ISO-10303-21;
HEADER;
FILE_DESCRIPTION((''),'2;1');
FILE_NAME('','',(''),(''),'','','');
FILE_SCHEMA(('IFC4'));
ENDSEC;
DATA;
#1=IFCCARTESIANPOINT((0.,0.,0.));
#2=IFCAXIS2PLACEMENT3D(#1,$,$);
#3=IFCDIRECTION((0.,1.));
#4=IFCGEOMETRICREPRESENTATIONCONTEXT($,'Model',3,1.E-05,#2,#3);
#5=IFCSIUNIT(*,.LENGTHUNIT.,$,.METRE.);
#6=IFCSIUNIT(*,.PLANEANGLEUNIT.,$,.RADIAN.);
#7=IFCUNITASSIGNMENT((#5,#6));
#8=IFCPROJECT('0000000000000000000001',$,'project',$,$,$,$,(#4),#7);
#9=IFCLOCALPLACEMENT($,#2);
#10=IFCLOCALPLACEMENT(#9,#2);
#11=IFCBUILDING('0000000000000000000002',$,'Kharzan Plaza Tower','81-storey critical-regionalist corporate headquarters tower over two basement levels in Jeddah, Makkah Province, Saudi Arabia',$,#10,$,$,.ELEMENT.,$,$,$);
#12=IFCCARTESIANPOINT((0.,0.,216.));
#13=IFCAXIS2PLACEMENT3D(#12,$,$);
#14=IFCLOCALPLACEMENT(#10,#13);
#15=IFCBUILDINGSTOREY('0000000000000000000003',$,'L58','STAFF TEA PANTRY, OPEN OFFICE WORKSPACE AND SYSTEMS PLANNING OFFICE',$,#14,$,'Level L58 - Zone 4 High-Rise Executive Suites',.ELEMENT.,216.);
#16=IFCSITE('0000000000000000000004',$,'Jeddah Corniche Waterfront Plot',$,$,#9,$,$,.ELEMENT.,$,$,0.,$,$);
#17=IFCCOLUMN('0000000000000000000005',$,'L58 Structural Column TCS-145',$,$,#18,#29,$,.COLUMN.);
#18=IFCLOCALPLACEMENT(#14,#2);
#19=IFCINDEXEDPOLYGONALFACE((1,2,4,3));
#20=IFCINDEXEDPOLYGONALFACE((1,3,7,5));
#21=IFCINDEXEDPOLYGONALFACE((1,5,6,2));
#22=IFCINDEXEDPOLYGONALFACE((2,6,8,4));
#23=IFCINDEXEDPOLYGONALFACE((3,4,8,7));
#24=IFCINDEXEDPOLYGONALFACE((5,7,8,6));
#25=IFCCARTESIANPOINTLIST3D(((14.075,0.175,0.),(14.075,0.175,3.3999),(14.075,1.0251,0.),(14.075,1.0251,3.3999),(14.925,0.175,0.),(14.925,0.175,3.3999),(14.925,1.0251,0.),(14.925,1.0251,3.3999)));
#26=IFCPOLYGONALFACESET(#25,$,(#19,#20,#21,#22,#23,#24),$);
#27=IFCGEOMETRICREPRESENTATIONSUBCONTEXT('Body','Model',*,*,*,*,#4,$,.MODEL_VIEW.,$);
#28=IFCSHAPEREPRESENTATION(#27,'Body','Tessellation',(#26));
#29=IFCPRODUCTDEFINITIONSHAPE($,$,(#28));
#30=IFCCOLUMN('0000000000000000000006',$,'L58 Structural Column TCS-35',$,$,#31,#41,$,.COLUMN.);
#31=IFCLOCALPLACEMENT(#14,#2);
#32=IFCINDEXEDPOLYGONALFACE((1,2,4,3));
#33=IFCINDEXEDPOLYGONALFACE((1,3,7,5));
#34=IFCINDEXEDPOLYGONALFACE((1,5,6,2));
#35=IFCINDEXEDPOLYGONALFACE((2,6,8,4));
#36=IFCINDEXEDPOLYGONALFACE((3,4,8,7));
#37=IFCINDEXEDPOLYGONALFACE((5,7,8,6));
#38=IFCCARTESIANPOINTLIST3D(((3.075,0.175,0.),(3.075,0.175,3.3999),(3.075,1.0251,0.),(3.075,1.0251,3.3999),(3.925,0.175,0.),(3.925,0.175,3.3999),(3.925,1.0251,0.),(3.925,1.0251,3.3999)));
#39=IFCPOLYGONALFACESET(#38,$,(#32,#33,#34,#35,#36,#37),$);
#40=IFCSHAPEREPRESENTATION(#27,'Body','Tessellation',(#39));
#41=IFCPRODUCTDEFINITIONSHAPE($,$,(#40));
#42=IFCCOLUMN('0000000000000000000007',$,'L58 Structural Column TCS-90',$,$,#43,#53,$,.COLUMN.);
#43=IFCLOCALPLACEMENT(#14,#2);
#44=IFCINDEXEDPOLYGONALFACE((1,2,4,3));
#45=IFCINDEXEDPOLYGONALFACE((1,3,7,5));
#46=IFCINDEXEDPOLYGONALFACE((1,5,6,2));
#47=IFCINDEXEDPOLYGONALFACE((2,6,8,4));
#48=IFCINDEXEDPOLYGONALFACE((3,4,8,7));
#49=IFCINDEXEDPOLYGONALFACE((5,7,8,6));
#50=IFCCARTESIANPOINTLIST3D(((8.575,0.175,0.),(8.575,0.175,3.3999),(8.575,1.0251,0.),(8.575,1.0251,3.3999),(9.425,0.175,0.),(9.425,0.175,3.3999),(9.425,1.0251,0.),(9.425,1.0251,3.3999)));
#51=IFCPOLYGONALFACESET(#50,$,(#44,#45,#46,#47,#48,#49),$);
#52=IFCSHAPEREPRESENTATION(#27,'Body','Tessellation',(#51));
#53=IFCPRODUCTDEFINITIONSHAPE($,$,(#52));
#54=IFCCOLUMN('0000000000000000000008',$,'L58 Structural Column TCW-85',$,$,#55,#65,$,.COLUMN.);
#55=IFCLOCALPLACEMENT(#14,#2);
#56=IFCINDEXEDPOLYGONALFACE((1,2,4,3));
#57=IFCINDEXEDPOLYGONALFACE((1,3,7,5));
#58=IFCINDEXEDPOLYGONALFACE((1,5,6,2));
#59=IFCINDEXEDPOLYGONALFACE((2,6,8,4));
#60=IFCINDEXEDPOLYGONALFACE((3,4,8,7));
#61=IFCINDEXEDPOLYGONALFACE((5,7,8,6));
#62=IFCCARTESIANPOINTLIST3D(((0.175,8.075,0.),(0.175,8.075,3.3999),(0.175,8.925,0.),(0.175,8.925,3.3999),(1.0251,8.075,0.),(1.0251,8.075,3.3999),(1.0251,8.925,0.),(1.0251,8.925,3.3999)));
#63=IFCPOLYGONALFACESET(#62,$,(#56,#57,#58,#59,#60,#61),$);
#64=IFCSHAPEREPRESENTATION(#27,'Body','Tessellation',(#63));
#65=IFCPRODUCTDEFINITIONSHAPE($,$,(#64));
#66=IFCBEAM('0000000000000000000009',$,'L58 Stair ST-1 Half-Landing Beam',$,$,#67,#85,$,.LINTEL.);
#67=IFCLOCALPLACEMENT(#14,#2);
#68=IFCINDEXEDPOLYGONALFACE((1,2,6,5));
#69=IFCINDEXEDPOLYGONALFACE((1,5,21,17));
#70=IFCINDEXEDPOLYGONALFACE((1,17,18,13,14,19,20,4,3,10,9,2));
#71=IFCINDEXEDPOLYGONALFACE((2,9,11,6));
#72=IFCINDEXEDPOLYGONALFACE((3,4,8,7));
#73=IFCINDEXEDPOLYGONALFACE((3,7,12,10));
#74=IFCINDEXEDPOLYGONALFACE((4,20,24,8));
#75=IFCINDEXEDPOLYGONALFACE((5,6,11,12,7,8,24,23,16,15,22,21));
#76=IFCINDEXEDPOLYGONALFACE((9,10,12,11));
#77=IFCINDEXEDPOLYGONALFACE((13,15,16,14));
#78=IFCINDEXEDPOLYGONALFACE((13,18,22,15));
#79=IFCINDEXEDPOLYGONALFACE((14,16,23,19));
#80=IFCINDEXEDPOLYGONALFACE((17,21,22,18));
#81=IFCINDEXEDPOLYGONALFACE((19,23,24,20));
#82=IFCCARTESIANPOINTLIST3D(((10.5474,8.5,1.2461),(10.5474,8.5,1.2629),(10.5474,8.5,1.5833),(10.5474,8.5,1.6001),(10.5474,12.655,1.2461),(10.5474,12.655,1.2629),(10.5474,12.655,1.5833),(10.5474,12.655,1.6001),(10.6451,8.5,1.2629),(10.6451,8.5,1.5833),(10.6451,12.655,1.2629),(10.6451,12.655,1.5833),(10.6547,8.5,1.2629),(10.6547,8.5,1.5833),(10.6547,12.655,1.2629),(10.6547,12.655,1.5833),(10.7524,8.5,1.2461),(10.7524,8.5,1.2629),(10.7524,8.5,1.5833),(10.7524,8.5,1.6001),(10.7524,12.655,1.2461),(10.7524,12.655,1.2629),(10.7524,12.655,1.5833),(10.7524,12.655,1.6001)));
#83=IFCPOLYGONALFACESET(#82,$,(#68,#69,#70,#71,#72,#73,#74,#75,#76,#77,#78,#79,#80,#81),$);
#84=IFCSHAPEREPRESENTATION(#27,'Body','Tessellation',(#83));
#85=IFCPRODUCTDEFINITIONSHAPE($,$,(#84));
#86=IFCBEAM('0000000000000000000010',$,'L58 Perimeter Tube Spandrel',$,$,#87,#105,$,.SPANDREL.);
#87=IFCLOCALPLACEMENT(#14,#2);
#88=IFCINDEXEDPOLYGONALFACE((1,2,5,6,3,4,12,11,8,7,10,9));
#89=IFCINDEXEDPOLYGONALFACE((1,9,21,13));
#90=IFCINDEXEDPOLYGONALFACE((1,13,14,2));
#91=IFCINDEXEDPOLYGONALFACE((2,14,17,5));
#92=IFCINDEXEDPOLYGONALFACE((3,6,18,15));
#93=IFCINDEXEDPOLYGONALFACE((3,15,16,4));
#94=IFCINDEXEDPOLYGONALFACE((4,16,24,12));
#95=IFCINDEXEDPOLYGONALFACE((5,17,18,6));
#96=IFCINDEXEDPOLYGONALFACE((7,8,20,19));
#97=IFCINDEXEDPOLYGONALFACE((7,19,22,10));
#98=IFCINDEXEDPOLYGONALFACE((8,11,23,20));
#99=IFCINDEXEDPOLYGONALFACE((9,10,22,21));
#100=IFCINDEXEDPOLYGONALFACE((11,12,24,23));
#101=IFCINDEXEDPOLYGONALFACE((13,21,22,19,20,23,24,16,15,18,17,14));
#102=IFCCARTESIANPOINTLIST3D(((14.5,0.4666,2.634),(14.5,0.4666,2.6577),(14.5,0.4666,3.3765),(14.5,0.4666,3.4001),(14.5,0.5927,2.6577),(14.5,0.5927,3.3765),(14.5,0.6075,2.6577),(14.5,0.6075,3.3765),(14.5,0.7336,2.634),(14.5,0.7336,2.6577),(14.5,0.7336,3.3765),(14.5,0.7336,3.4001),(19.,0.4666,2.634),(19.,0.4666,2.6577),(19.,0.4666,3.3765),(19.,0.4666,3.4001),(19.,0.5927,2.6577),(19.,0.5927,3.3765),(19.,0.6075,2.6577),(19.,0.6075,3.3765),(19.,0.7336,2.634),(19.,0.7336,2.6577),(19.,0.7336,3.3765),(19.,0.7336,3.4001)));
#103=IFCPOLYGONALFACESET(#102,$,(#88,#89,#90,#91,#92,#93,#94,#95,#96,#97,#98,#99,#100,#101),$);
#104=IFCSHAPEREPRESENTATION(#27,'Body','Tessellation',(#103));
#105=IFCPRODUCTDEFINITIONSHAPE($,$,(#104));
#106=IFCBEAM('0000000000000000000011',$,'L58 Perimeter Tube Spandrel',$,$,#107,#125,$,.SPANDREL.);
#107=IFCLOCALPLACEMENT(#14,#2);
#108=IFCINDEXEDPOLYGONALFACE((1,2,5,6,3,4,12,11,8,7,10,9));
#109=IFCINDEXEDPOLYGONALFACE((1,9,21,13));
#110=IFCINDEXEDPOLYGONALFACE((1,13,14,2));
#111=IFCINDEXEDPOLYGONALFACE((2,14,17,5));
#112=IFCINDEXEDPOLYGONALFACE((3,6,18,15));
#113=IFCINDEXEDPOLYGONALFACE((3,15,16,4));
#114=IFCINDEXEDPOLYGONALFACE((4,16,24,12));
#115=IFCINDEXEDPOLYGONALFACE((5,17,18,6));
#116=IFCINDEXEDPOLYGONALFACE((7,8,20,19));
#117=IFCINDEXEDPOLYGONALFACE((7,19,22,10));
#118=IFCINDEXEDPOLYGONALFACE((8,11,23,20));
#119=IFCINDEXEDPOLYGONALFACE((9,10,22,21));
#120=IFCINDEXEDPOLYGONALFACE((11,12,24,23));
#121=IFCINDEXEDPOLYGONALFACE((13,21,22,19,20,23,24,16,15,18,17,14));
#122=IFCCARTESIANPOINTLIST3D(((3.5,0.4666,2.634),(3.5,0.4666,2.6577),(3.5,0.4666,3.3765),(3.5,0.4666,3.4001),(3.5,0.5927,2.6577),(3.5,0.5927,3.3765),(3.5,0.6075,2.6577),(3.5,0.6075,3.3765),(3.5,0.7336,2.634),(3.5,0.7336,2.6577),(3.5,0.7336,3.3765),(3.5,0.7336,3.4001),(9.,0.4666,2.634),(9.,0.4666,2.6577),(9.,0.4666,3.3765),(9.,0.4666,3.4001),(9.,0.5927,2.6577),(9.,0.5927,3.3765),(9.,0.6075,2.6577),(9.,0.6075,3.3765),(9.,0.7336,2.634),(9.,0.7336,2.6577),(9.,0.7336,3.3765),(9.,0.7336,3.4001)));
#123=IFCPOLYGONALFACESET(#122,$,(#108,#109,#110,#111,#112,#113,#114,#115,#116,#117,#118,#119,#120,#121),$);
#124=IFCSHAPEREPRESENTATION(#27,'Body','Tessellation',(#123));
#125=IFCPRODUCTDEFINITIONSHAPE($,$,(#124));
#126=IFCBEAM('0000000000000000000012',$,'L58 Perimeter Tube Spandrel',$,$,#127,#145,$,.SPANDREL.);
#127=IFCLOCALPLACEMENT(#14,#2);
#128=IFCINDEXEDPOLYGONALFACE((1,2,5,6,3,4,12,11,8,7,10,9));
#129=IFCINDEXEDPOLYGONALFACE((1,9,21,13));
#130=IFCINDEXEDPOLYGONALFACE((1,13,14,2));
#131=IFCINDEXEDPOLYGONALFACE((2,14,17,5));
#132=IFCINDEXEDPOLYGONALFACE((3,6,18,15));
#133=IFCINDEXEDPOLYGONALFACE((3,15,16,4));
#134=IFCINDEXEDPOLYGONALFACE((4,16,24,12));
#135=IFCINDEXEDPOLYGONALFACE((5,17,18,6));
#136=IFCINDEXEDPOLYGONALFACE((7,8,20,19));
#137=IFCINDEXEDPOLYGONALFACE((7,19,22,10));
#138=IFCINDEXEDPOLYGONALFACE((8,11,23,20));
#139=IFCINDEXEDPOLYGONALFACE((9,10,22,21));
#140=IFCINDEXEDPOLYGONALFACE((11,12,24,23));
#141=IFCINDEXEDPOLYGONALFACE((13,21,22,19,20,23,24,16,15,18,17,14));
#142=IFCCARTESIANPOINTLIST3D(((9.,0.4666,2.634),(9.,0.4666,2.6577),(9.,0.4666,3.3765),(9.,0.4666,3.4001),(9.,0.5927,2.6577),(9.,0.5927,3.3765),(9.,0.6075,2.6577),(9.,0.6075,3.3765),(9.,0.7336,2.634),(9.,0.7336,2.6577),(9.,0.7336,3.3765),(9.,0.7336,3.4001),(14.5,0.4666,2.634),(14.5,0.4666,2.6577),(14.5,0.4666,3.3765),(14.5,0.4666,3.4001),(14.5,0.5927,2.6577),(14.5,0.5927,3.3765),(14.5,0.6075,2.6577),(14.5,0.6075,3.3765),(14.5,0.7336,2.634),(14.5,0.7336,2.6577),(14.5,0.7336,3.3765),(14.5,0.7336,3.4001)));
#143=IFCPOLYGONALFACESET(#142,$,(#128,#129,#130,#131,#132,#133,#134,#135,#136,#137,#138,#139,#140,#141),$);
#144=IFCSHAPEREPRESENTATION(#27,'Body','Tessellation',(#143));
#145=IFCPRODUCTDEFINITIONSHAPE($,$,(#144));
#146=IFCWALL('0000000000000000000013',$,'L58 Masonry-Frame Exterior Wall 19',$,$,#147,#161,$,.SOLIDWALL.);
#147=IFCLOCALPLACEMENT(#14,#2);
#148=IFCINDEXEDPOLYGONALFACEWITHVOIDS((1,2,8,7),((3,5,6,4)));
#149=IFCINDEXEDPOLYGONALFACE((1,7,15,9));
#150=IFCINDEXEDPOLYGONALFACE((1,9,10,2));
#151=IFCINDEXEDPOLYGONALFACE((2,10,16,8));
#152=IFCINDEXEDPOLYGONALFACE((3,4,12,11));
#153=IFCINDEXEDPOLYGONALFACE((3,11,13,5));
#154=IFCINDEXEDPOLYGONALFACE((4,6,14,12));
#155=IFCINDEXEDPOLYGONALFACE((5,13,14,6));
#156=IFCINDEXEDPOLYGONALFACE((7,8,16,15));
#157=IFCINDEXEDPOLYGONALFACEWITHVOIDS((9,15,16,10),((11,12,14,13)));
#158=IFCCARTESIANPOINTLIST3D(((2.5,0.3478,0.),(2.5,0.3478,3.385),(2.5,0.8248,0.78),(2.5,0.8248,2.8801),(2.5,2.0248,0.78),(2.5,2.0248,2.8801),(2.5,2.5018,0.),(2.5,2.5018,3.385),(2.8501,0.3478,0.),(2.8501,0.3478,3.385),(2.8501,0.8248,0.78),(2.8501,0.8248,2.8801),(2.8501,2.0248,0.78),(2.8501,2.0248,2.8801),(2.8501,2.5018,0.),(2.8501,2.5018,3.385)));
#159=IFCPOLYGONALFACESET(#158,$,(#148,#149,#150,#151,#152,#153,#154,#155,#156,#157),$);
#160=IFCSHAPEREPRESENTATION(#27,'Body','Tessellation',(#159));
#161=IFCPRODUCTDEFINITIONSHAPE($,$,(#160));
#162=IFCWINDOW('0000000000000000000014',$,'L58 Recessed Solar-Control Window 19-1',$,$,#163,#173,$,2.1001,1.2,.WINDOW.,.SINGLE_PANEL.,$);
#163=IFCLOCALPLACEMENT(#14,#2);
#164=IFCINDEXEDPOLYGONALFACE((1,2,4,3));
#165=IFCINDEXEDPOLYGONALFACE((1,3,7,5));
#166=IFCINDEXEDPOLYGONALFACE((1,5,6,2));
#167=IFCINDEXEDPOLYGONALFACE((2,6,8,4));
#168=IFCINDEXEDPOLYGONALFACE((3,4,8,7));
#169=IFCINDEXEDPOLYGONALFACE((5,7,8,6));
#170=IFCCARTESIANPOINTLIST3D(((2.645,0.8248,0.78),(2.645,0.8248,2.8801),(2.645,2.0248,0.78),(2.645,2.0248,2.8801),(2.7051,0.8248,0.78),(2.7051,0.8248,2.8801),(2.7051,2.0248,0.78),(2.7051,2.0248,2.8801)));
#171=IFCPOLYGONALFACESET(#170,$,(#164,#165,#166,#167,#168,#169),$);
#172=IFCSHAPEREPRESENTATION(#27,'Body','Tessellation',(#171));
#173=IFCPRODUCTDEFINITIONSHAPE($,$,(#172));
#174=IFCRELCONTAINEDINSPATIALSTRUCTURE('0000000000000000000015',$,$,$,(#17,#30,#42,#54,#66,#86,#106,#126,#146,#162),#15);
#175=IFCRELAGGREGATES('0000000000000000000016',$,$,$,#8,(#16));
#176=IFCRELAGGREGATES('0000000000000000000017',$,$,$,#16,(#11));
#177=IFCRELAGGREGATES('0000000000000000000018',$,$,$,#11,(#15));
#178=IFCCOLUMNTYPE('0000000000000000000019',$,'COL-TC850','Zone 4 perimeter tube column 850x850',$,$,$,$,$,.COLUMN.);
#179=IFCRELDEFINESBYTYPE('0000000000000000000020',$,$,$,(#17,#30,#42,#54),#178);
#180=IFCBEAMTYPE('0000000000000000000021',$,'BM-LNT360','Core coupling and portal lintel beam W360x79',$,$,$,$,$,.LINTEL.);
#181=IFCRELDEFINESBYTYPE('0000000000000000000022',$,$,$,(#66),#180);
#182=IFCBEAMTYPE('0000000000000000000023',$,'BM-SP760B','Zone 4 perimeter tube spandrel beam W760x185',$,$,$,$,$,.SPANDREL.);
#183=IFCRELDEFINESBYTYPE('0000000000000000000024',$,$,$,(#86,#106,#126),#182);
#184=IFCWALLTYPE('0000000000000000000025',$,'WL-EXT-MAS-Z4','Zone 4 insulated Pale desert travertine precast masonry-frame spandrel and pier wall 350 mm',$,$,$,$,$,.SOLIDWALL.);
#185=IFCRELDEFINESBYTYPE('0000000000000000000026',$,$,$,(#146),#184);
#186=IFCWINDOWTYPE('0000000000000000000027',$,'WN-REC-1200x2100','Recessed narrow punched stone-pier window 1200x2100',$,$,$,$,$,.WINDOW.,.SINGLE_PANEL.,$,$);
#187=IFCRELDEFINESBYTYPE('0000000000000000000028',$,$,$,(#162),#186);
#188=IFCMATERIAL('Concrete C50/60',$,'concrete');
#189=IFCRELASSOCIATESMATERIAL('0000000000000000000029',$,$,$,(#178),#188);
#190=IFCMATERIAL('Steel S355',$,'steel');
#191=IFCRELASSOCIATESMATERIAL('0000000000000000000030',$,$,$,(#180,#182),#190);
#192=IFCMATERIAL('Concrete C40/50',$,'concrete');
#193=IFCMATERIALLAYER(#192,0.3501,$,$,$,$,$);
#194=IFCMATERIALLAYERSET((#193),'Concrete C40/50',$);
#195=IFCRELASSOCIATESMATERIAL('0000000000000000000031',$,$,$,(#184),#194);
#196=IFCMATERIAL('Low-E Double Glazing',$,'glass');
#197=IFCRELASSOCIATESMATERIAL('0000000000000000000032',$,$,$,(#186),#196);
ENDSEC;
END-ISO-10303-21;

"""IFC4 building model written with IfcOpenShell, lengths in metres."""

from ifc_helpers import new_model, si_unit, direction, frame, frame_2d, origin, origin_2d, place, context, subcontext, project, spatial, rectangle, i_section, extrude, source, transform, mapped, material, layer, layer_set, material_profile, profile_set, type_object, element, fill, save


model = new_model("IFC4")

# Units and contexts
model_context = context("Model", 3, precision=1e-05, world=origin(), true_north=direction((0.0, 1.0)))
body_context = subcontext(model_context, "Body", "Model", "MODEL_VIEW")
ifc_project = project(units=[si_unit("LENGTHUNIT", "METRE"), si_unit("PLANEANGLEUNIT", "RADIAN")], contexts=[model_context])

# Site, building, storey
site_placement = place(None, origin())
site = spatial("IfcSite", under=ifc_project, at=site_placement, Name="Jeddah Corniche Waterfront Plot", CompositionType="ELEMENT", RefElevation=0.0)
building_placement = place(site_placement, origin())
building = spatial("IfcBuilding", under=site, at=building_placement, Name="Kharzan Plaza Tower", Description="81-storey critical-regionalist corporate headquarters tower over two basement levels in Jeddah, Makkah Province, Saudi Arabia", CompositionType="ELEMENT")
storey_placement = place(building_placement, frame((0.0, 0.0, 216.0)))
storey = spatial("IfcBuildingStorey", under=building, at=storey_placement, Name="L58", Description="STAFF TEA PANTRY, OPEN OFFICE WORKSPACE AND SYSTEMS PLANNING OFFICE", LongName="Level L58 - Zone 4 High-Rise Executive Suites", CompositionType="ELEMENT", Elevation=216.0)

# Columns
ifc_material_1 = material(Name="Concrete C50/60", Category="concrete")
ifc_material_profile_1 = material_profile(ifc_material_1, rectangle(XDim=0.8501, YDim=0.8501, at=origin_2d()), Name="RC-TC850x850")
ifc_profile_set_1 = profile_set([ifc_material_profile_1], Name="Concrete C50/60")
column_type = type_object("IfcColumnType", Name="COL-TC850", Description="Zone 4 perimeter tube column 850x850", PredefinedType="COLUMN", material=ifc_profile_set_1)
shared_shape_1 = source(origin(), body_context, "Body", "SweptSolid", [
    extrude(rectangle(XDim=0.8501, YDim=0.8501, at=origin_2d()), origin(), (0.0, 0.0, 1.0), 3.3999),
])
for number, where, z_axis, x_axis, name in (
    (1, (14.5, 0.6001, 0.0), (0.0, 0.0, 1.0), (1.0, 0.0, 0.0), "L58 Structural Column TCS-145"),
    (2, (3.5, 0.6001, 0.0), (0.0, 0.0, 1.0), (1.0, 0.0, 0.0), "L58 Structural Column TCS-35"),
    (3, (9.0, 0.6001, 0.0), (0.0, 0.0, 1.0), (1.0, 0.0, 0.0), "L58 Structural Column TCS-90"),
    (4, (0.6001, 8.5, 0.0), (0.0, 0.0, 1.0), (1.0, 0.0, 0.0), "L58 Structural Column TCW-85"),
):
    element("IfcColumn", number, at=place(storey_placement, frame(where, z_axis=z_axis, x_axis=x_axis)), inside=storey, type_object=column_type, Name=name, PredefinedType="COLUMN", context=body_context, shape_type="MappedRepresentation", body=[
        mapped(shared_shape_1, transform((0.0, 0.0, 0.0), x_axis=(1.0, 0.0, 0.0), y_axis=(0.0, 1.0, 0.0), z_axis=(0.0, 0.0, 1.0))),
    ])

# Beams
ifc_material_2 = material(Name="Steel S355", Category="steel")
ifc_material_profile_2 = material_profile(ifc_material_2, i_section(OverallWidth=0.2051, OverallDepth=0.354, WebThickness=0.0095, FlangeThickness=0.0168, at=origin_2d()), Name="W360x79")
ifc_profile_set_2 = profile_set([ifc_material_profile_2], Name="Steel S355")
beam_type_1 = type_object("IfcBeamType", Name="BM-LNT360", Description="Core coupling and portal lintel beam W360x79", PredefinedType="LINTEL", material=ifc_profile_set_2)
shared_shape_2 = source(origin(), body_context, "Body", "SweptSolid", [
    extrude(i_section(OverallWidth=0.2051, OverallDepth=0.354, WebThickness=0.0095, FlangeThickness=0.0168, at=origin_2d()), origin(), (0.0, 0.0, 1.0), 4.155),
])
beam_1_placement = place(storey_placement, frame((10.6499, 8.5, 1.4231), z_axis=(0.0, 1.0, 0.0), x_axis=(-1.0, 0.0, 0.0)))
element("IfcBeam", 5, at=beam_1_placement, inside=storey, type_object=beam_type_1, Name="L58 Stair ST-1 Half-Landing Beam", PredefinedType="LINTEL", context=body_context, shape_type="MappedRepresentation", body=[
    mapped(shared_shape_2, transform((0.0, 0.0, 0.0), x_axis=(1.0, 0.0, 0.0), y_axis=(0.0, 1.0, 0.0), z_axis=(0.0, 0.0, 1.0))),
])
ifc_material_profile_3 = material_profile(ifc_material_2, i_section(OverallWidth=0.2671, OverallDepth=0.7661, WebThickness=0.0149, FlangeThickness=0.0237, at=origin_2d()), Name="W760x185")
ifc_profile_set_3 = profile_set([ifc_material_profile_3], Name="Steel S355")
beam_type_2 = type_object("IfcBeamType", Name="BM-SP760B", Description="Zone 4 perimeter tube spandrel beam W760x185", PredefinedType="SPANDREL", material=ifc_profile_set_3)
shared_shape_3 = source(origin(), body_context, "Body", "SweptSolid", [
    extrude(i_section(OverallWidth=0.2671, OverallDepth=0.7661, WebThickness=0.0149, FlangeThickness=0.0237, at=origin_2d()), origin(), (0.0, 0.0, 1.0), 4.5),
])
beam_2_placement = place(storey_placement, frame((14.5, 0.6001, 3.0171), z_axis=(1.0, 0.0, 0.0), x_axis=(0.0, 1.0, 0.0)))
element("IfcBeam", 6, at=beam_2_placement, inside=storey, type_object=beam_type_2, Name="L58 Perimeter Tube Spandrel", PredefinedType="SPANDREL", context=body_context, shape_type="MappedRepresentation", body=[
    mapped(shared_shape_3, transform((0.0, 0.0, 0.0), x_axis=(1.0, 0.0, 0.0), y_axis=(0.0, 1.0, 0.0), z_axis=(0.0, 0.0, 1.0))),
])
shared_shape_4 = source(origin(), body_context, "Body", "SweptSolid", [
    extrude(i_section(OverallWidth=0.2671, OverallDepth=0.7661, WebThickness=0.0149, FlangeThickness=0.0237, at=origin_2d()), origin(), (0.0, 0.0, 1.0), 5.5),
])
for number, where, z_axis, x_axis, name in (
    (7, (3.5, 0.6001, 3.0171), (1.0, 0.0, 0.0), (0.0, 1.0, 0.0), "L58 Perimeter Tube Spandrel"),
    (8, (9.0, 0.6001, 3.0171), (1.0, 0.0, 0.0), (0.0, 1.0, 0.0), "L58 Perimeter Tube Spandrel"),
):
    element("IfcBeam", number, at=place(storey_placement, frame(where, z_axis=z_axis, x_axis=x_axis)), inside=storey, type_object=beam_type_2, Name=name, PredefinedType="SPANDREL", context=body_context, shape_type="MappedRepresentation", body=[
        mapped(shared_shape_4, transform((0.0, 0.0, 0.0), x_axis=(1.0, 0.0, 0.0), y_axis=(0.0, 1.0, 0.0), z_axis=(0.0, 0.0, 1.0))),
    ])

# Wall, opening, window
ifc_material_3 = material(Name="Concrete C40/50", Category="concrete")
ifc_layer_1 = layer(ifc_material_3, 0.3501)
ifc_layer_set_1 = layer_set([ifc_layer_1], Name="Concrete C40/50")
wall_type_1 = type_object("IfcWallType", Name="WL-EXT-MAS-Z4", Description="Zone 4 insulated Pale desert travertine precast masonry-frame spandrel and pier wall 350 mm", PredefinedType="SOLIDWALL", material=ifc_layer_set_1)
wall_1_placement = place(storey_placement, frame((2.675, 2.502, 0.0), z_axis=(0.0, 0.0, 1.0), x_axis=(0.0, -1.0, 0.0)))
wall_1 = element("IfcWall", 9, at=wall_1_placement, inside=storey, type_object=wall_type_1, Name="L58 Masonry-Frame Exterior Wall 19", PredefinedType="SOLIDWALL", context=body_context, shape_type="SweptSolid", body=[
    extrude(rectangle(XDim=2.1541, YDim=0.3501, at=frame_2d((1.0771, 0.0))), origin(), (0.0, 0.0, 1.0), 3.385),
])
opening_1_placement = place(wall_1_placement, frame((0.4771, 0.0, 0.78)))
opening_1 = element("IfcOpeningElement", 10, at=opening_1_placement, cuts=wall_1, PredefinedType="OPENING", context=body_context, shape_type="SweptSolid", body=[
    extrude(rectangle(XDim=1.2, YDim=2.1001, at=frame_2d((0.6001, 1.05))), frame((0.0, 0.1851, 0.0), z_axis=(0.0, -1.0, 0.0), x_axis=(1.0, 0.0, 0.0)), (0.0, 0.0, 1.0), 0.3701),
])
ifc_material_4 = material(Name="Low-E Double Glazing", Category="glass")
window_type_1 = type_object("IfcWindowType", Name="WN-REC-1200x2100", Description="Recessed narrow punched stone-pier window 1200x2100", PartitioningType="SINGLE_PANEL", PredefinedType="WINDOW", material=ifc_material_4)
shared_shape_5 = source(origin(), body_context, "Body", "SweptSolid", [
    extrude(rectangle(XDim=1.2, YDim=2.1001, at=frame_2d((0.6001, 1.05))), frame((0.0, 0.03, 0.0), z_axis=(0.0, -1.0, 0.0), x_axis=(1.0, 0.0, 0.0)), (0.0, 0.0, 1.0), 0.0601),
])
window_1_placement = place(opening_1_placement, origin())
window_1 = element("IfcWindow", 11, at=window_1_placement, inside=storey, type_object=window_type_1, Name="L58 Recessed Solar-Control Window 19-1", OverallHeight=2.1001, OverallWidth=1.2, PartitioningType="SINGLE_PANEL", PredefinedType="WINDOW", context=body_context, shape_type="MappedRepresentation", body=[
    mapped(shared_shape_5, transform((0.0, 0.0, 0.0), x_axis=(1.0, 0.0, 0.0), y_axis=(0.0, 1.0, 0.0), z_axis=(0.0, 0.0, 1.0))),
])
fill(opening_1, window_1)

save(model, "model.ifc")
